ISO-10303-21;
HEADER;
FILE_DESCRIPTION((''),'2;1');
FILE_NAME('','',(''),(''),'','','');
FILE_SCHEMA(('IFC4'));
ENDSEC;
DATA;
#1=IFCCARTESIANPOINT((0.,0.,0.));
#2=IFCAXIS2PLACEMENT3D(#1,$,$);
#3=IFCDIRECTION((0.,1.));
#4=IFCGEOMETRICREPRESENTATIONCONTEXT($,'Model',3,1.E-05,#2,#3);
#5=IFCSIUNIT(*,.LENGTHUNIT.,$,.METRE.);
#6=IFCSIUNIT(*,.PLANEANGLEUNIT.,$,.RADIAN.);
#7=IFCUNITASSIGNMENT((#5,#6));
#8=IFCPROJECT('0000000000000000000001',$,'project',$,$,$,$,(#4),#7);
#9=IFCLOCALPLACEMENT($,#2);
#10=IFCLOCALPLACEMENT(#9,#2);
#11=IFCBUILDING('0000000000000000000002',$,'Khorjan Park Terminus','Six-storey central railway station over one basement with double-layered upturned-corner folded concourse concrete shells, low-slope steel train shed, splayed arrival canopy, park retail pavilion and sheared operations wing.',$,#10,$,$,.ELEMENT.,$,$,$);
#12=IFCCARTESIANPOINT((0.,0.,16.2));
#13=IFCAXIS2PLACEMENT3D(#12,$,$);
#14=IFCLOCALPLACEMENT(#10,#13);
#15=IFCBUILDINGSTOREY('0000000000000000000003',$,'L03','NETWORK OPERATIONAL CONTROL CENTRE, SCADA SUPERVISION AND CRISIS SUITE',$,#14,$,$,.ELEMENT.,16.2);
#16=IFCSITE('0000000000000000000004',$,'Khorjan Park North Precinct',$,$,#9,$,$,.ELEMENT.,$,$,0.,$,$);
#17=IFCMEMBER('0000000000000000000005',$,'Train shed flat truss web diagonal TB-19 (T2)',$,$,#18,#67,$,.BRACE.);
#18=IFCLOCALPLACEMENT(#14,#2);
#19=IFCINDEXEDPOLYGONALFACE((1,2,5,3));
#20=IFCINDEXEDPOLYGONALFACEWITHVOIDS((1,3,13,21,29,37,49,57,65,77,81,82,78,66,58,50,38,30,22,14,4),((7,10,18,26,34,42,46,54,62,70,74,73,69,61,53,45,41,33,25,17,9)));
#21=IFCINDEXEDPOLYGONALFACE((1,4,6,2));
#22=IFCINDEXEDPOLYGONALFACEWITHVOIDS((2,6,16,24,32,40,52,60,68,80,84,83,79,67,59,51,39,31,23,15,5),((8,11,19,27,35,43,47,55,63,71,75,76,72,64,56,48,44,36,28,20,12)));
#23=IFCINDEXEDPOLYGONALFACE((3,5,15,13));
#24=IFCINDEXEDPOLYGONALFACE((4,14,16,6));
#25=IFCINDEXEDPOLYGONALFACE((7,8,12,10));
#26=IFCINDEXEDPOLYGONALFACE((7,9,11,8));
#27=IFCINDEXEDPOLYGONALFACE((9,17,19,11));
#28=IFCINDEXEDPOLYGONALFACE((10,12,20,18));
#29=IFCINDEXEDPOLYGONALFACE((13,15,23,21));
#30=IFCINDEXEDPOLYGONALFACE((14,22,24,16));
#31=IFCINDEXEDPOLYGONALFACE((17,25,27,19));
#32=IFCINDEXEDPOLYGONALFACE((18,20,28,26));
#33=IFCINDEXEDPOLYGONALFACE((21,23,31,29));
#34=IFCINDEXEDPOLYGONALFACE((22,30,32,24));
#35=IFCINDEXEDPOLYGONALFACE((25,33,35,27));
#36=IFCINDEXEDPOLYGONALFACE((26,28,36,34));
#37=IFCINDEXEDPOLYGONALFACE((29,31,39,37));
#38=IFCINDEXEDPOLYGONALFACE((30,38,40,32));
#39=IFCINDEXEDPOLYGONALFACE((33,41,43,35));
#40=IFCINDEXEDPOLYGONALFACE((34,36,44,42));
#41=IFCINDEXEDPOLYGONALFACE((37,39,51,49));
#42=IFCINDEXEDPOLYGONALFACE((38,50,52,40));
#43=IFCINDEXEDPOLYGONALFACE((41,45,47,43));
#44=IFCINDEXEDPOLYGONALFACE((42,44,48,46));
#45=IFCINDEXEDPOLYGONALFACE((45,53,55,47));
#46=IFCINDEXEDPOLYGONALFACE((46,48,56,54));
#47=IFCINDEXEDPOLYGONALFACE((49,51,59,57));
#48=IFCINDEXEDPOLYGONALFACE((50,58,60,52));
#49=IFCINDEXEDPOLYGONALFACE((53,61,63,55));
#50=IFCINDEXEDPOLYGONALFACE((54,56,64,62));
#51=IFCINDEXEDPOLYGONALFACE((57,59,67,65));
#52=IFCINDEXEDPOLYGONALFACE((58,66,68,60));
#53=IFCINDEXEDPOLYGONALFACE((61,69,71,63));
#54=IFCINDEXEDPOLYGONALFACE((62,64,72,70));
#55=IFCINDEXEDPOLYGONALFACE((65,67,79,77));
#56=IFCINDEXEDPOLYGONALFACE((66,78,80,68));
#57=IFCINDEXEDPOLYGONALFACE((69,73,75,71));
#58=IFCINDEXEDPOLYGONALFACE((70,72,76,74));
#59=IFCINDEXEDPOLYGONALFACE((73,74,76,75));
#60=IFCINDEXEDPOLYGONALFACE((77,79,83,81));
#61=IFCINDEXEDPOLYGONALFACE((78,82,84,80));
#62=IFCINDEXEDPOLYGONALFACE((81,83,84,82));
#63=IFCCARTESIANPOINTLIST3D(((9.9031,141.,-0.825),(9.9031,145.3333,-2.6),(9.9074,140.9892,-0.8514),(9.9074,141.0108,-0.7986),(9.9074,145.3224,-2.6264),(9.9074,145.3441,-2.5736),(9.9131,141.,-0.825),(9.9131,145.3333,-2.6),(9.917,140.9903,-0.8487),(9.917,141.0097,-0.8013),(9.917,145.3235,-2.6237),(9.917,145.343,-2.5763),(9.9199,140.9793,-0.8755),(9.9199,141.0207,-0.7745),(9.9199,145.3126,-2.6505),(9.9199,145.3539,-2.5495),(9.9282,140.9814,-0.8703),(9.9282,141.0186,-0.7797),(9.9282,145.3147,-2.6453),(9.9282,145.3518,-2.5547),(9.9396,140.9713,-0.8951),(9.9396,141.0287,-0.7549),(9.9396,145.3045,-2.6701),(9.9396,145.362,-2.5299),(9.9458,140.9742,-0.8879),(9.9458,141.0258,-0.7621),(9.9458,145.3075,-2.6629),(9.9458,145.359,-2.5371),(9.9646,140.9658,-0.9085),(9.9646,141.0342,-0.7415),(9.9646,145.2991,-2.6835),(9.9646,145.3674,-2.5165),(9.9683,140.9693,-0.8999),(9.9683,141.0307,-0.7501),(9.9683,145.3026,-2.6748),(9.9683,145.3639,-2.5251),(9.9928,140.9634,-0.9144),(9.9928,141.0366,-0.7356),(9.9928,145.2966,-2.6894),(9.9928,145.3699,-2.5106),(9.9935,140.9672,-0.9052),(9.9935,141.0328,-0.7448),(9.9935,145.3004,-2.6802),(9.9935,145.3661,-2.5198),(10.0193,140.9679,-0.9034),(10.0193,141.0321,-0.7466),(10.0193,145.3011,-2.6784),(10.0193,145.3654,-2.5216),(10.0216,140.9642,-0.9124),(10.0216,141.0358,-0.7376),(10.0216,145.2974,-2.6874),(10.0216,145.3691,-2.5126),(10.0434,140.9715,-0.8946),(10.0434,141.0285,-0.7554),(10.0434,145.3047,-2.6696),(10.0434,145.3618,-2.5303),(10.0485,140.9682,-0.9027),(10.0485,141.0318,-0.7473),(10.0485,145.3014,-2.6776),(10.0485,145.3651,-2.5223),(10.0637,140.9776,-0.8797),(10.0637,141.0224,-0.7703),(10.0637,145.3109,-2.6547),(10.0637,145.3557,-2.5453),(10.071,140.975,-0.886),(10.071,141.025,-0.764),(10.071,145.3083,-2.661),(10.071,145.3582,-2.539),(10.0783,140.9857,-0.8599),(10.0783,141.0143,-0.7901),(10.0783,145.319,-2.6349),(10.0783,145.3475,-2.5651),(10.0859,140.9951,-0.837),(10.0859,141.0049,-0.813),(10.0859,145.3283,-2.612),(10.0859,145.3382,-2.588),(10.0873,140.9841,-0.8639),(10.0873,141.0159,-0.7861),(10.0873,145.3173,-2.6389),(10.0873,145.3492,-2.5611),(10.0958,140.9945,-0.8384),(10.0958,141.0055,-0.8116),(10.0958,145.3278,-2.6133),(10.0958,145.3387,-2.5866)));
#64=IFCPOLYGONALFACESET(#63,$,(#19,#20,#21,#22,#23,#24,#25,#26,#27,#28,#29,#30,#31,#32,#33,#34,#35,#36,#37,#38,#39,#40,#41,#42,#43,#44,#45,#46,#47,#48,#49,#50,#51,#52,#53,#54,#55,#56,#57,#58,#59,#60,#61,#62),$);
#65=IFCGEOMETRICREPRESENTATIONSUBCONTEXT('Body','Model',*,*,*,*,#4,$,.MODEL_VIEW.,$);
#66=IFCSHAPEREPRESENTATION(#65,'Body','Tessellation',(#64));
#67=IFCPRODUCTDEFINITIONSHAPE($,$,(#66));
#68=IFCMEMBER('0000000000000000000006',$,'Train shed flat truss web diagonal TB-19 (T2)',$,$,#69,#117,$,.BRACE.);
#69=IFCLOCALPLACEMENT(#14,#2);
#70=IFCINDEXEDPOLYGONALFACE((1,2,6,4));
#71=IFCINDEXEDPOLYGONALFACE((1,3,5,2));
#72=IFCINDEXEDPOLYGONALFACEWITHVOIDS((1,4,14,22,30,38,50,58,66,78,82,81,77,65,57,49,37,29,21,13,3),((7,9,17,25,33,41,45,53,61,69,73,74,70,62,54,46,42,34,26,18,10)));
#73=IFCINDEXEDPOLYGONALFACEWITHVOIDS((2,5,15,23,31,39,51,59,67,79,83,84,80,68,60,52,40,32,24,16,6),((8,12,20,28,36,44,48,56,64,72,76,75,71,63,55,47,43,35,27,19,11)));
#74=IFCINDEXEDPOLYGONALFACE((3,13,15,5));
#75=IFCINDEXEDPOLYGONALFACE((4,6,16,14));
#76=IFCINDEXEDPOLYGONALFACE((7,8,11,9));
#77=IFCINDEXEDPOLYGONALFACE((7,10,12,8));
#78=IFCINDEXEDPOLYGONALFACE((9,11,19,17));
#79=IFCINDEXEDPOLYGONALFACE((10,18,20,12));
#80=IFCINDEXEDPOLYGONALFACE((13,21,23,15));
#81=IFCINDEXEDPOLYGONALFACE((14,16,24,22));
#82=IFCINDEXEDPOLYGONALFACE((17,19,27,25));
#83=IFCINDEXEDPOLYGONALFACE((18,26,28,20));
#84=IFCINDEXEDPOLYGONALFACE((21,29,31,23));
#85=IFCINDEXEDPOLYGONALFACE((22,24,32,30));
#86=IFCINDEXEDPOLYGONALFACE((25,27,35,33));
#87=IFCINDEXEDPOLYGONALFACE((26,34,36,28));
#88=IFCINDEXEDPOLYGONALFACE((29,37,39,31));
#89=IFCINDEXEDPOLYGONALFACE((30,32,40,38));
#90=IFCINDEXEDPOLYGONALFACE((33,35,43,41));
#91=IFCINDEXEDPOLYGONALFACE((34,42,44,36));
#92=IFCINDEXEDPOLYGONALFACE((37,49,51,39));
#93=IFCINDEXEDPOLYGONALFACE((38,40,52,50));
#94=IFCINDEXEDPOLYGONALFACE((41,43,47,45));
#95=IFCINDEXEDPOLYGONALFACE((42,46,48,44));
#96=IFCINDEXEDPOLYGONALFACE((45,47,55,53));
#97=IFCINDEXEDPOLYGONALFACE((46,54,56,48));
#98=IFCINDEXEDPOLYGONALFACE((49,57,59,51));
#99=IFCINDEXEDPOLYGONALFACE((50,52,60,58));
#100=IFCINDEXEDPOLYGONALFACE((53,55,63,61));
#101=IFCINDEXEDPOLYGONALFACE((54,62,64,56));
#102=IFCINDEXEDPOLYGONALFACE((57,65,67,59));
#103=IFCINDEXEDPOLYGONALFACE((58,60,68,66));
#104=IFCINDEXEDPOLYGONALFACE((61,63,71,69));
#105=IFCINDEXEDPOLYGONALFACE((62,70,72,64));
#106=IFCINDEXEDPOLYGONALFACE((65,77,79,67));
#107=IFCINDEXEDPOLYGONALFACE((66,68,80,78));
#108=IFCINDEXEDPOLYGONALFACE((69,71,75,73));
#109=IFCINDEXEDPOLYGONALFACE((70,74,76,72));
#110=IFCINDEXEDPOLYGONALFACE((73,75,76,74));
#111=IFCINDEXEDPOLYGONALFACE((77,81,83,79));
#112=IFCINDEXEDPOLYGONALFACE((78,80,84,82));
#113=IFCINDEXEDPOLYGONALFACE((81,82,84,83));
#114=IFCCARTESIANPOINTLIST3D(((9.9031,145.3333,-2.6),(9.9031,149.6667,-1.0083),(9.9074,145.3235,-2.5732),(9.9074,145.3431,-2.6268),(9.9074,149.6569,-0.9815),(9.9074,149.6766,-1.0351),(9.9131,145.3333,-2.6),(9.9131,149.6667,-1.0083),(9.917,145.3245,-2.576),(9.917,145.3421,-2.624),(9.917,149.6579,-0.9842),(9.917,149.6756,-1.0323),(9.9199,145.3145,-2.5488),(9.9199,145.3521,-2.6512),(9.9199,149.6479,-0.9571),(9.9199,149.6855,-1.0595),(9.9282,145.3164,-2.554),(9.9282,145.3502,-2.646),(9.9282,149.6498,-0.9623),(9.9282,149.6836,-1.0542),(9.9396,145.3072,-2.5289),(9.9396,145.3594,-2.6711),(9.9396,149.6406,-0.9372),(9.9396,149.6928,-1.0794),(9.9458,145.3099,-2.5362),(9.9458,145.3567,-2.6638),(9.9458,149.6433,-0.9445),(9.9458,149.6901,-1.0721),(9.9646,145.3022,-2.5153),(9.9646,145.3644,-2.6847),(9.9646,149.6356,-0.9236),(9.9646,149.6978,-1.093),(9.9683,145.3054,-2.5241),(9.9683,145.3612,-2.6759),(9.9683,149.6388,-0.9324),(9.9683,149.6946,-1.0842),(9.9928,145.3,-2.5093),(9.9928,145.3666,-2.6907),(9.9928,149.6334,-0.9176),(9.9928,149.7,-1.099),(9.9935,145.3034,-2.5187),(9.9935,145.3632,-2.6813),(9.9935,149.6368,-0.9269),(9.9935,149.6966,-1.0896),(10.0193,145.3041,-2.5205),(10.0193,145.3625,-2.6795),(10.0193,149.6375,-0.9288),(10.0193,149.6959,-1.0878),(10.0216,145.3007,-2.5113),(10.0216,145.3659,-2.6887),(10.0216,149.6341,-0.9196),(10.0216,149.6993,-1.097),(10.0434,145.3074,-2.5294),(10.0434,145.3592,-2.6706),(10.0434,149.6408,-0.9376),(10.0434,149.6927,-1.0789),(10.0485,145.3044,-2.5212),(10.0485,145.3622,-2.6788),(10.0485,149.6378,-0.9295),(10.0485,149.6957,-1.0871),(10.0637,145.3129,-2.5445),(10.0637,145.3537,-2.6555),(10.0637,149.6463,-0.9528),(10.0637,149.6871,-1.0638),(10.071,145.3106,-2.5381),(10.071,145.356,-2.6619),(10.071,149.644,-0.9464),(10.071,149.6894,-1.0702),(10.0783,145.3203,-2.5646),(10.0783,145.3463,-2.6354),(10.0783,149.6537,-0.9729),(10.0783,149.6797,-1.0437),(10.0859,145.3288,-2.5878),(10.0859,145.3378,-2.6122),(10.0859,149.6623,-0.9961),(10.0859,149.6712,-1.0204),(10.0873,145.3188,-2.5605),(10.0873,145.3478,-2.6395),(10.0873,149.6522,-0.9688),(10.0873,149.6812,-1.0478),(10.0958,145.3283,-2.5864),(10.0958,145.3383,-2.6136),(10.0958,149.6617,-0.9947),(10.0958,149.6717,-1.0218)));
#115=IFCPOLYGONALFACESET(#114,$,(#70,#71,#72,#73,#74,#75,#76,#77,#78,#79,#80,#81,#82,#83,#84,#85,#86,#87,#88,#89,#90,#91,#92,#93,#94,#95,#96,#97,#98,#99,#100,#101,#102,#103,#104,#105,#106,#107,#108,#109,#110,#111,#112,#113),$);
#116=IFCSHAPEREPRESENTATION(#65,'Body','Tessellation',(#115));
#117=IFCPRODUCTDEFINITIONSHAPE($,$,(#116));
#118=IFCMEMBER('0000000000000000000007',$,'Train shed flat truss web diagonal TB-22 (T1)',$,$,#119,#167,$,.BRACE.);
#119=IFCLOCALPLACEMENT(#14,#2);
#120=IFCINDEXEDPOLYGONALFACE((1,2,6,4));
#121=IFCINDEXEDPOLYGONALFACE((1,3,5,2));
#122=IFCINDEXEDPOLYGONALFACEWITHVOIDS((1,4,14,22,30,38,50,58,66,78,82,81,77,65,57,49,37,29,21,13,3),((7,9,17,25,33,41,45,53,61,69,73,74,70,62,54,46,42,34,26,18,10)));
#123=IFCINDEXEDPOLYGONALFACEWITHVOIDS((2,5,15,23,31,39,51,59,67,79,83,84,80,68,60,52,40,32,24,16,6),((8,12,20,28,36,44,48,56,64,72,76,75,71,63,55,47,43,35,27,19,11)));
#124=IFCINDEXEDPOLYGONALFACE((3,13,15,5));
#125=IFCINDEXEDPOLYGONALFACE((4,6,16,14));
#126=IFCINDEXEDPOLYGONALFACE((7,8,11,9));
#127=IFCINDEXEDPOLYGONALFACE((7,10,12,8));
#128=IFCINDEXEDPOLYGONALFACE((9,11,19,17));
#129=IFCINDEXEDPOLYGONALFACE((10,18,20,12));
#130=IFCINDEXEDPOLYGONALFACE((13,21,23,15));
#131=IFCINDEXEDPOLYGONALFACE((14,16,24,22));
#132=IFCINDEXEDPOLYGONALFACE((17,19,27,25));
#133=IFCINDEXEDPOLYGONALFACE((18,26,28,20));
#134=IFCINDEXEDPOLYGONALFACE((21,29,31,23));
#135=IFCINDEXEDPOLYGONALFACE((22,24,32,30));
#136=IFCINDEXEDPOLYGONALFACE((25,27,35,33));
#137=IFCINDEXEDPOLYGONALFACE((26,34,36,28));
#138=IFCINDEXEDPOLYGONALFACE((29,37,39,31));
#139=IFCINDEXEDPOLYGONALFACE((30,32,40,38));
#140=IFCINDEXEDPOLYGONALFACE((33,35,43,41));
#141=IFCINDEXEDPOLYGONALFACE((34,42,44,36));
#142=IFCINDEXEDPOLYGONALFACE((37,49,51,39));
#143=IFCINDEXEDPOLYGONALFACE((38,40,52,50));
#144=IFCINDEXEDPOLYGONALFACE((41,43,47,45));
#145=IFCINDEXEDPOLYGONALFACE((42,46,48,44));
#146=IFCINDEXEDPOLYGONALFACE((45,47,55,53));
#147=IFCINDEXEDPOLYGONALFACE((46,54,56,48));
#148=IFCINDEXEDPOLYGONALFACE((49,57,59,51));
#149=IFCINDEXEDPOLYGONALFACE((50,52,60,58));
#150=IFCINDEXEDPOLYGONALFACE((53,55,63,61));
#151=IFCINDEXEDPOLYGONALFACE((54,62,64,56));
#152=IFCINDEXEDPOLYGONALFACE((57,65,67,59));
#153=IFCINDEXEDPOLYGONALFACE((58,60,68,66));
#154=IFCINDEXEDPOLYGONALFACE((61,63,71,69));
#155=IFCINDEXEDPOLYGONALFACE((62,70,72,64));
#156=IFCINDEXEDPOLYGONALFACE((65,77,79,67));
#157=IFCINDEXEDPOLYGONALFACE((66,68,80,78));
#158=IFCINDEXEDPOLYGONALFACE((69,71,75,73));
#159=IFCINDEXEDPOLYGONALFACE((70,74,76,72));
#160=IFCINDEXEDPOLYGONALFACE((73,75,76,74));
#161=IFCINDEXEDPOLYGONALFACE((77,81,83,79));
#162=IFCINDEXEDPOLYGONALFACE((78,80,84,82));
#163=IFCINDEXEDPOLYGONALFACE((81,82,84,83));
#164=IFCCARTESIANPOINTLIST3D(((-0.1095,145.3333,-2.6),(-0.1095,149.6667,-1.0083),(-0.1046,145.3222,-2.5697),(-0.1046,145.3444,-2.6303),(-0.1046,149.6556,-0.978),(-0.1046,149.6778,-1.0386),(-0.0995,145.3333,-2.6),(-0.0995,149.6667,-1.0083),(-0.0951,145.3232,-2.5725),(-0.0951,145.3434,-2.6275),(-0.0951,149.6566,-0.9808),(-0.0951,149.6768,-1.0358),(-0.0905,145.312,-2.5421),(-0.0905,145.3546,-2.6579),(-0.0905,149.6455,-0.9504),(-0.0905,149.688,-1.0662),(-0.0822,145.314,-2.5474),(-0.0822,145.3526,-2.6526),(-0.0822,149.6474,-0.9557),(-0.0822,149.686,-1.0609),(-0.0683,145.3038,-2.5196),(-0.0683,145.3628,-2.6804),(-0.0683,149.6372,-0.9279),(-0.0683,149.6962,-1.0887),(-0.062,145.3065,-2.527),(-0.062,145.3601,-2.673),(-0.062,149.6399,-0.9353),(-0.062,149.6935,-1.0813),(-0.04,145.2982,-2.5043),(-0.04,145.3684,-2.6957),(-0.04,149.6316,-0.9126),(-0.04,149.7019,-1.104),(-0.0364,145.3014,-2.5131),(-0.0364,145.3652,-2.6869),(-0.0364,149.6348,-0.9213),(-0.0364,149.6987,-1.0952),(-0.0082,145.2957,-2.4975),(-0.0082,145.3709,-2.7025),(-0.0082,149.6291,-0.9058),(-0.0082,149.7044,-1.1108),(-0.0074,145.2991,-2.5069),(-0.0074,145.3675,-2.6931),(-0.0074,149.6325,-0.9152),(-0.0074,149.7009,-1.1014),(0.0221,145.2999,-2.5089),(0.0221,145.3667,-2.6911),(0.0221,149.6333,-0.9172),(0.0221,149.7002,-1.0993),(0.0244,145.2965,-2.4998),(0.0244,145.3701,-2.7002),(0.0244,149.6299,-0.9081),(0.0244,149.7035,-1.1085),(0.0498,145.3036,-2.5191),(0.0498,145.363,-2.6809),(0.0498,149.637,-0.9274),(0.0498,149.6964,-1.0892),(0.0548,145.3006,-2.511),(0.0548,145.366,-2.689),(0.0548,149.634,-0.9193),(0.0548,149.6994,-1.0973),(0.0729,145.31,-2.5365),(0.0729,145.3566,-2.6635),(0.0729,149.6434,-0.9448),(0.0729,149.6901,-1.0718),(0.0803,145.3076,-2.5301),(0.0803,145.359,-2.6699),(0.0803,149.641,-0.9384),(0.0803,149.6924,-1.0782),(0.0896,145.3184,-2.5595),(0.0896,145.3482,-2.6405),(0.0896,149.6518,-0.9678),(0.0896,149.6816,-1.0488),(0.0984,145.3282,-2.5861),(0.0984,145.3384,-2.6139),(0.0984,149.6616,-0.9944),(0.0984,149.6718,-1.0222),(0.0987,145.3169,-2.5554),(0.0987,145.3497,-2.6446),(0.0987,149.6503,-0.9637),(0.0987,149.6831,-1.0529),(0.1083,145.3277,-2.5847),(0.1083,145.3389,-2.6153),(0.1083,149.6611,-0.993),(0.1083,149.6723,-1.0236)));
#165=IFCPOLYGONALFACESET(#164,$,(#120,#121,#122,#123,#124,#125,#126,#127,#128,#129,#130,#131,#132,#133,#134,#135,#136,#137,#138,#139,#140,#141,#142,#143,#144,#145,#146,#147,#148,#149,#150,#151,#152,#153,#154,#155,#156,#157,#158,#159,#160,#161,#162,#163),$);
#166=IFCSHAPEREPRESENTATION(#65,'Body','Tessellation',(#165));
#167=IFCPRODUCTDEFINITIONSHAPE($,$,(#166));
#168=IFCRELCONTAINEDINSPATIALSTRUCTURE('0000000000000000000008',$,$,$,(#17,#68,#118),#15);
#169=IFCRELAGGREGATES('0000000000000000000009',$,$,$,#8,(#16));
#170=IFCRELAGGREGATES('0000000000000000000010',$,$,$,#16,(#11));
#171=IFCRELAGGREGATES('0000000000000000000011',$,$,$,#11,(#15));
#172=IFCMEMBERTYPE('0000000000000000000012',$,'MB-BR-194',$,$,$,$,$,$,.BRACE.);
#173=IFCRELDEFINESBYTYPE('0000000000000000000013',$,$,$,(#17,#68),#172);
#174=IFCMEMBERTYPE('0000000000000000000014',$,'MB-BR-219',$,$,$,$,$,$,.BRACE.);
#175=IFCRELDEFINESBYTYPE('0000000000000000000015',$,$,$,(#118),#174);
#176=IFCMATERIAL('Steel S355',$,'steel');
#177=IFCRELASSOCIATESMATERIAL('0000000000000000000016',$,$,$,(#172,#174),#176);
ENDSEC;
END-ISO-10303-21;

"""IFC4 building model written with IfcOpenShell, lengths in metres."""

from ifc_helpers import new_model, si_unit, direction, frame, origin, origin_2d, place, context, subcontext, project, spatial, hollow_circle, extrude, material, material_profile, profile_set, type_object, element, save


model = new_model("IFC4")

# Units and contexts
model_context = context("Model", 3, precision=1e-05, world=origin(), true_north=direction((0.0, 1.0)))
body_context = subcontext(model_context, "Body", "Model", "MODEL_VIEW")
ifc_project = project(units=[si_unit("LENGTHUNIT", "METRE"), si_unit("PLANEANGLEUNIT", "RADIAN")], contexts=[model_context])

# Site, building, storey
site_placement = place(None, origin())
site = spatial("IfcSite", under=ifc_project, at=site_placement, Name="Khorjan Park North Precinct", CompositionType="ELEMENT", RefElevation=0.0)
building_placement = place(site_placement, origin())
building = spatial("IfcBuilding", under=site, at=building_placement, Name="Khorjan Park Terminus", Description="Six-storey central railway station over one basement with double-layered upturned-corner folded concourse concrete shells, low-slope steel train shed, splayed arrival canopy, park retail pavilion and sheared operations wing.", CompositionType="ELEMENT")
storey_placement = place(building_placement, frame((0.0, 0.0, 16.2)))
storey = spatial("IfcBuildingStorey", under=building, at=storey_placement, Name="L03", Description="NETWORK OPERATIONAL CONTROL CENTRE, SCADA SUPERVISION AND CRISIS SUITE", CompositionType="ELEMENT", Elevation=16.2)

# Members
ifc_material = material(Name="Steel S355", Category="steel")
ifc_material_profile_1 = material_profile(ifc_material, hollow_circle(Radius=0.0969, WallThickness=0.01, at=origin_2d()), Name="CHS 193.7x10")
ifc_profile_set_1 = profile_set([ifc_material_profile_1], Name="Steel S355")
member_type_1 = type_object("IfcMemberType", Name="MB-BR-194", PredefinedType="BRACE", material=ifc_profile_set_1)
member_1_placement = place(storey_placement, frame((10.0, 141.0, -0.825), z_axis=(0.0, 0.925376, -0.379051), x_axis=(-1.0, 0.0, 0.0)))
element("IfcMember", 1, at=member_1_placement, inside=storey, type_object=member_type_1, Name="Train shed flat truss web diagonal TB-19 (T2)", PredefinedType="BRACE", context=body_context, shape_type="SweptSolid", body=[
    extrude(hollow_circle(Radius=0.0969, WallThickness=0.01, at=origin_2d()), origin(), (0.0, 0.0, 1.0), 4.6827),
])
member_2_placement = place(storey_placement, frame((10.0, 145.3333, -2.6), z_axis=(0.0, 0.938681, 0.344787), x_axis=(-1.0, 0.0, 0.0)))
element("IfcMember", 2, at=member_2_placement, inside=storey, type_object=member_type_1, Name="Train shed flat truss web diagonal TB-19 (T2)", PredefinedType="BRACE", context=body_context, shape_type="SweptSolid", body=[
    extrude(hollow_circle(Radius=0.0969, WallThickness=0.01, at=origin_2d()), origin(), (0.0, 0.0, 1.0), 4.6165),
])
ifc_material_profile_2 = material_profile(ifc_material, hollow_circle(Radius=0.1095, WallThickness=0.01, at=origin_2d()), Name="CHS 219.1x10")
ifc_profile_set_2 = profile_set([ifc_material_profile_2], Name="Steel S355")
member_type_2 = type_object("IfcMemberType", Name="MB-BR-219", PredefinedType="BRACE", material=ifc_profile_set_2)
member_3_placement = place(storey_placement, frame((0.0, 145.3333, -2.6), z_axis=(0.0, 0.938681, 0.344787), x_axis=(-1.0, 0.0, 0.0)))
element("IfcMember", 3, at=member_3_placement, inside=storey, type_object=member_type_2, Name="Train shed flat truss web diagonal TB-22 (T1)", PredefinedType="BRACE", context=body_context, shape_type="SweptSolid", body=[
    extrude(hollow_circle(Radius=0.1095, WallThickness=0.01, at=origin_2d()), origin(), (0.0, 0.0, 1.0), 4.6165),
])

save(model, "model.ifc")
